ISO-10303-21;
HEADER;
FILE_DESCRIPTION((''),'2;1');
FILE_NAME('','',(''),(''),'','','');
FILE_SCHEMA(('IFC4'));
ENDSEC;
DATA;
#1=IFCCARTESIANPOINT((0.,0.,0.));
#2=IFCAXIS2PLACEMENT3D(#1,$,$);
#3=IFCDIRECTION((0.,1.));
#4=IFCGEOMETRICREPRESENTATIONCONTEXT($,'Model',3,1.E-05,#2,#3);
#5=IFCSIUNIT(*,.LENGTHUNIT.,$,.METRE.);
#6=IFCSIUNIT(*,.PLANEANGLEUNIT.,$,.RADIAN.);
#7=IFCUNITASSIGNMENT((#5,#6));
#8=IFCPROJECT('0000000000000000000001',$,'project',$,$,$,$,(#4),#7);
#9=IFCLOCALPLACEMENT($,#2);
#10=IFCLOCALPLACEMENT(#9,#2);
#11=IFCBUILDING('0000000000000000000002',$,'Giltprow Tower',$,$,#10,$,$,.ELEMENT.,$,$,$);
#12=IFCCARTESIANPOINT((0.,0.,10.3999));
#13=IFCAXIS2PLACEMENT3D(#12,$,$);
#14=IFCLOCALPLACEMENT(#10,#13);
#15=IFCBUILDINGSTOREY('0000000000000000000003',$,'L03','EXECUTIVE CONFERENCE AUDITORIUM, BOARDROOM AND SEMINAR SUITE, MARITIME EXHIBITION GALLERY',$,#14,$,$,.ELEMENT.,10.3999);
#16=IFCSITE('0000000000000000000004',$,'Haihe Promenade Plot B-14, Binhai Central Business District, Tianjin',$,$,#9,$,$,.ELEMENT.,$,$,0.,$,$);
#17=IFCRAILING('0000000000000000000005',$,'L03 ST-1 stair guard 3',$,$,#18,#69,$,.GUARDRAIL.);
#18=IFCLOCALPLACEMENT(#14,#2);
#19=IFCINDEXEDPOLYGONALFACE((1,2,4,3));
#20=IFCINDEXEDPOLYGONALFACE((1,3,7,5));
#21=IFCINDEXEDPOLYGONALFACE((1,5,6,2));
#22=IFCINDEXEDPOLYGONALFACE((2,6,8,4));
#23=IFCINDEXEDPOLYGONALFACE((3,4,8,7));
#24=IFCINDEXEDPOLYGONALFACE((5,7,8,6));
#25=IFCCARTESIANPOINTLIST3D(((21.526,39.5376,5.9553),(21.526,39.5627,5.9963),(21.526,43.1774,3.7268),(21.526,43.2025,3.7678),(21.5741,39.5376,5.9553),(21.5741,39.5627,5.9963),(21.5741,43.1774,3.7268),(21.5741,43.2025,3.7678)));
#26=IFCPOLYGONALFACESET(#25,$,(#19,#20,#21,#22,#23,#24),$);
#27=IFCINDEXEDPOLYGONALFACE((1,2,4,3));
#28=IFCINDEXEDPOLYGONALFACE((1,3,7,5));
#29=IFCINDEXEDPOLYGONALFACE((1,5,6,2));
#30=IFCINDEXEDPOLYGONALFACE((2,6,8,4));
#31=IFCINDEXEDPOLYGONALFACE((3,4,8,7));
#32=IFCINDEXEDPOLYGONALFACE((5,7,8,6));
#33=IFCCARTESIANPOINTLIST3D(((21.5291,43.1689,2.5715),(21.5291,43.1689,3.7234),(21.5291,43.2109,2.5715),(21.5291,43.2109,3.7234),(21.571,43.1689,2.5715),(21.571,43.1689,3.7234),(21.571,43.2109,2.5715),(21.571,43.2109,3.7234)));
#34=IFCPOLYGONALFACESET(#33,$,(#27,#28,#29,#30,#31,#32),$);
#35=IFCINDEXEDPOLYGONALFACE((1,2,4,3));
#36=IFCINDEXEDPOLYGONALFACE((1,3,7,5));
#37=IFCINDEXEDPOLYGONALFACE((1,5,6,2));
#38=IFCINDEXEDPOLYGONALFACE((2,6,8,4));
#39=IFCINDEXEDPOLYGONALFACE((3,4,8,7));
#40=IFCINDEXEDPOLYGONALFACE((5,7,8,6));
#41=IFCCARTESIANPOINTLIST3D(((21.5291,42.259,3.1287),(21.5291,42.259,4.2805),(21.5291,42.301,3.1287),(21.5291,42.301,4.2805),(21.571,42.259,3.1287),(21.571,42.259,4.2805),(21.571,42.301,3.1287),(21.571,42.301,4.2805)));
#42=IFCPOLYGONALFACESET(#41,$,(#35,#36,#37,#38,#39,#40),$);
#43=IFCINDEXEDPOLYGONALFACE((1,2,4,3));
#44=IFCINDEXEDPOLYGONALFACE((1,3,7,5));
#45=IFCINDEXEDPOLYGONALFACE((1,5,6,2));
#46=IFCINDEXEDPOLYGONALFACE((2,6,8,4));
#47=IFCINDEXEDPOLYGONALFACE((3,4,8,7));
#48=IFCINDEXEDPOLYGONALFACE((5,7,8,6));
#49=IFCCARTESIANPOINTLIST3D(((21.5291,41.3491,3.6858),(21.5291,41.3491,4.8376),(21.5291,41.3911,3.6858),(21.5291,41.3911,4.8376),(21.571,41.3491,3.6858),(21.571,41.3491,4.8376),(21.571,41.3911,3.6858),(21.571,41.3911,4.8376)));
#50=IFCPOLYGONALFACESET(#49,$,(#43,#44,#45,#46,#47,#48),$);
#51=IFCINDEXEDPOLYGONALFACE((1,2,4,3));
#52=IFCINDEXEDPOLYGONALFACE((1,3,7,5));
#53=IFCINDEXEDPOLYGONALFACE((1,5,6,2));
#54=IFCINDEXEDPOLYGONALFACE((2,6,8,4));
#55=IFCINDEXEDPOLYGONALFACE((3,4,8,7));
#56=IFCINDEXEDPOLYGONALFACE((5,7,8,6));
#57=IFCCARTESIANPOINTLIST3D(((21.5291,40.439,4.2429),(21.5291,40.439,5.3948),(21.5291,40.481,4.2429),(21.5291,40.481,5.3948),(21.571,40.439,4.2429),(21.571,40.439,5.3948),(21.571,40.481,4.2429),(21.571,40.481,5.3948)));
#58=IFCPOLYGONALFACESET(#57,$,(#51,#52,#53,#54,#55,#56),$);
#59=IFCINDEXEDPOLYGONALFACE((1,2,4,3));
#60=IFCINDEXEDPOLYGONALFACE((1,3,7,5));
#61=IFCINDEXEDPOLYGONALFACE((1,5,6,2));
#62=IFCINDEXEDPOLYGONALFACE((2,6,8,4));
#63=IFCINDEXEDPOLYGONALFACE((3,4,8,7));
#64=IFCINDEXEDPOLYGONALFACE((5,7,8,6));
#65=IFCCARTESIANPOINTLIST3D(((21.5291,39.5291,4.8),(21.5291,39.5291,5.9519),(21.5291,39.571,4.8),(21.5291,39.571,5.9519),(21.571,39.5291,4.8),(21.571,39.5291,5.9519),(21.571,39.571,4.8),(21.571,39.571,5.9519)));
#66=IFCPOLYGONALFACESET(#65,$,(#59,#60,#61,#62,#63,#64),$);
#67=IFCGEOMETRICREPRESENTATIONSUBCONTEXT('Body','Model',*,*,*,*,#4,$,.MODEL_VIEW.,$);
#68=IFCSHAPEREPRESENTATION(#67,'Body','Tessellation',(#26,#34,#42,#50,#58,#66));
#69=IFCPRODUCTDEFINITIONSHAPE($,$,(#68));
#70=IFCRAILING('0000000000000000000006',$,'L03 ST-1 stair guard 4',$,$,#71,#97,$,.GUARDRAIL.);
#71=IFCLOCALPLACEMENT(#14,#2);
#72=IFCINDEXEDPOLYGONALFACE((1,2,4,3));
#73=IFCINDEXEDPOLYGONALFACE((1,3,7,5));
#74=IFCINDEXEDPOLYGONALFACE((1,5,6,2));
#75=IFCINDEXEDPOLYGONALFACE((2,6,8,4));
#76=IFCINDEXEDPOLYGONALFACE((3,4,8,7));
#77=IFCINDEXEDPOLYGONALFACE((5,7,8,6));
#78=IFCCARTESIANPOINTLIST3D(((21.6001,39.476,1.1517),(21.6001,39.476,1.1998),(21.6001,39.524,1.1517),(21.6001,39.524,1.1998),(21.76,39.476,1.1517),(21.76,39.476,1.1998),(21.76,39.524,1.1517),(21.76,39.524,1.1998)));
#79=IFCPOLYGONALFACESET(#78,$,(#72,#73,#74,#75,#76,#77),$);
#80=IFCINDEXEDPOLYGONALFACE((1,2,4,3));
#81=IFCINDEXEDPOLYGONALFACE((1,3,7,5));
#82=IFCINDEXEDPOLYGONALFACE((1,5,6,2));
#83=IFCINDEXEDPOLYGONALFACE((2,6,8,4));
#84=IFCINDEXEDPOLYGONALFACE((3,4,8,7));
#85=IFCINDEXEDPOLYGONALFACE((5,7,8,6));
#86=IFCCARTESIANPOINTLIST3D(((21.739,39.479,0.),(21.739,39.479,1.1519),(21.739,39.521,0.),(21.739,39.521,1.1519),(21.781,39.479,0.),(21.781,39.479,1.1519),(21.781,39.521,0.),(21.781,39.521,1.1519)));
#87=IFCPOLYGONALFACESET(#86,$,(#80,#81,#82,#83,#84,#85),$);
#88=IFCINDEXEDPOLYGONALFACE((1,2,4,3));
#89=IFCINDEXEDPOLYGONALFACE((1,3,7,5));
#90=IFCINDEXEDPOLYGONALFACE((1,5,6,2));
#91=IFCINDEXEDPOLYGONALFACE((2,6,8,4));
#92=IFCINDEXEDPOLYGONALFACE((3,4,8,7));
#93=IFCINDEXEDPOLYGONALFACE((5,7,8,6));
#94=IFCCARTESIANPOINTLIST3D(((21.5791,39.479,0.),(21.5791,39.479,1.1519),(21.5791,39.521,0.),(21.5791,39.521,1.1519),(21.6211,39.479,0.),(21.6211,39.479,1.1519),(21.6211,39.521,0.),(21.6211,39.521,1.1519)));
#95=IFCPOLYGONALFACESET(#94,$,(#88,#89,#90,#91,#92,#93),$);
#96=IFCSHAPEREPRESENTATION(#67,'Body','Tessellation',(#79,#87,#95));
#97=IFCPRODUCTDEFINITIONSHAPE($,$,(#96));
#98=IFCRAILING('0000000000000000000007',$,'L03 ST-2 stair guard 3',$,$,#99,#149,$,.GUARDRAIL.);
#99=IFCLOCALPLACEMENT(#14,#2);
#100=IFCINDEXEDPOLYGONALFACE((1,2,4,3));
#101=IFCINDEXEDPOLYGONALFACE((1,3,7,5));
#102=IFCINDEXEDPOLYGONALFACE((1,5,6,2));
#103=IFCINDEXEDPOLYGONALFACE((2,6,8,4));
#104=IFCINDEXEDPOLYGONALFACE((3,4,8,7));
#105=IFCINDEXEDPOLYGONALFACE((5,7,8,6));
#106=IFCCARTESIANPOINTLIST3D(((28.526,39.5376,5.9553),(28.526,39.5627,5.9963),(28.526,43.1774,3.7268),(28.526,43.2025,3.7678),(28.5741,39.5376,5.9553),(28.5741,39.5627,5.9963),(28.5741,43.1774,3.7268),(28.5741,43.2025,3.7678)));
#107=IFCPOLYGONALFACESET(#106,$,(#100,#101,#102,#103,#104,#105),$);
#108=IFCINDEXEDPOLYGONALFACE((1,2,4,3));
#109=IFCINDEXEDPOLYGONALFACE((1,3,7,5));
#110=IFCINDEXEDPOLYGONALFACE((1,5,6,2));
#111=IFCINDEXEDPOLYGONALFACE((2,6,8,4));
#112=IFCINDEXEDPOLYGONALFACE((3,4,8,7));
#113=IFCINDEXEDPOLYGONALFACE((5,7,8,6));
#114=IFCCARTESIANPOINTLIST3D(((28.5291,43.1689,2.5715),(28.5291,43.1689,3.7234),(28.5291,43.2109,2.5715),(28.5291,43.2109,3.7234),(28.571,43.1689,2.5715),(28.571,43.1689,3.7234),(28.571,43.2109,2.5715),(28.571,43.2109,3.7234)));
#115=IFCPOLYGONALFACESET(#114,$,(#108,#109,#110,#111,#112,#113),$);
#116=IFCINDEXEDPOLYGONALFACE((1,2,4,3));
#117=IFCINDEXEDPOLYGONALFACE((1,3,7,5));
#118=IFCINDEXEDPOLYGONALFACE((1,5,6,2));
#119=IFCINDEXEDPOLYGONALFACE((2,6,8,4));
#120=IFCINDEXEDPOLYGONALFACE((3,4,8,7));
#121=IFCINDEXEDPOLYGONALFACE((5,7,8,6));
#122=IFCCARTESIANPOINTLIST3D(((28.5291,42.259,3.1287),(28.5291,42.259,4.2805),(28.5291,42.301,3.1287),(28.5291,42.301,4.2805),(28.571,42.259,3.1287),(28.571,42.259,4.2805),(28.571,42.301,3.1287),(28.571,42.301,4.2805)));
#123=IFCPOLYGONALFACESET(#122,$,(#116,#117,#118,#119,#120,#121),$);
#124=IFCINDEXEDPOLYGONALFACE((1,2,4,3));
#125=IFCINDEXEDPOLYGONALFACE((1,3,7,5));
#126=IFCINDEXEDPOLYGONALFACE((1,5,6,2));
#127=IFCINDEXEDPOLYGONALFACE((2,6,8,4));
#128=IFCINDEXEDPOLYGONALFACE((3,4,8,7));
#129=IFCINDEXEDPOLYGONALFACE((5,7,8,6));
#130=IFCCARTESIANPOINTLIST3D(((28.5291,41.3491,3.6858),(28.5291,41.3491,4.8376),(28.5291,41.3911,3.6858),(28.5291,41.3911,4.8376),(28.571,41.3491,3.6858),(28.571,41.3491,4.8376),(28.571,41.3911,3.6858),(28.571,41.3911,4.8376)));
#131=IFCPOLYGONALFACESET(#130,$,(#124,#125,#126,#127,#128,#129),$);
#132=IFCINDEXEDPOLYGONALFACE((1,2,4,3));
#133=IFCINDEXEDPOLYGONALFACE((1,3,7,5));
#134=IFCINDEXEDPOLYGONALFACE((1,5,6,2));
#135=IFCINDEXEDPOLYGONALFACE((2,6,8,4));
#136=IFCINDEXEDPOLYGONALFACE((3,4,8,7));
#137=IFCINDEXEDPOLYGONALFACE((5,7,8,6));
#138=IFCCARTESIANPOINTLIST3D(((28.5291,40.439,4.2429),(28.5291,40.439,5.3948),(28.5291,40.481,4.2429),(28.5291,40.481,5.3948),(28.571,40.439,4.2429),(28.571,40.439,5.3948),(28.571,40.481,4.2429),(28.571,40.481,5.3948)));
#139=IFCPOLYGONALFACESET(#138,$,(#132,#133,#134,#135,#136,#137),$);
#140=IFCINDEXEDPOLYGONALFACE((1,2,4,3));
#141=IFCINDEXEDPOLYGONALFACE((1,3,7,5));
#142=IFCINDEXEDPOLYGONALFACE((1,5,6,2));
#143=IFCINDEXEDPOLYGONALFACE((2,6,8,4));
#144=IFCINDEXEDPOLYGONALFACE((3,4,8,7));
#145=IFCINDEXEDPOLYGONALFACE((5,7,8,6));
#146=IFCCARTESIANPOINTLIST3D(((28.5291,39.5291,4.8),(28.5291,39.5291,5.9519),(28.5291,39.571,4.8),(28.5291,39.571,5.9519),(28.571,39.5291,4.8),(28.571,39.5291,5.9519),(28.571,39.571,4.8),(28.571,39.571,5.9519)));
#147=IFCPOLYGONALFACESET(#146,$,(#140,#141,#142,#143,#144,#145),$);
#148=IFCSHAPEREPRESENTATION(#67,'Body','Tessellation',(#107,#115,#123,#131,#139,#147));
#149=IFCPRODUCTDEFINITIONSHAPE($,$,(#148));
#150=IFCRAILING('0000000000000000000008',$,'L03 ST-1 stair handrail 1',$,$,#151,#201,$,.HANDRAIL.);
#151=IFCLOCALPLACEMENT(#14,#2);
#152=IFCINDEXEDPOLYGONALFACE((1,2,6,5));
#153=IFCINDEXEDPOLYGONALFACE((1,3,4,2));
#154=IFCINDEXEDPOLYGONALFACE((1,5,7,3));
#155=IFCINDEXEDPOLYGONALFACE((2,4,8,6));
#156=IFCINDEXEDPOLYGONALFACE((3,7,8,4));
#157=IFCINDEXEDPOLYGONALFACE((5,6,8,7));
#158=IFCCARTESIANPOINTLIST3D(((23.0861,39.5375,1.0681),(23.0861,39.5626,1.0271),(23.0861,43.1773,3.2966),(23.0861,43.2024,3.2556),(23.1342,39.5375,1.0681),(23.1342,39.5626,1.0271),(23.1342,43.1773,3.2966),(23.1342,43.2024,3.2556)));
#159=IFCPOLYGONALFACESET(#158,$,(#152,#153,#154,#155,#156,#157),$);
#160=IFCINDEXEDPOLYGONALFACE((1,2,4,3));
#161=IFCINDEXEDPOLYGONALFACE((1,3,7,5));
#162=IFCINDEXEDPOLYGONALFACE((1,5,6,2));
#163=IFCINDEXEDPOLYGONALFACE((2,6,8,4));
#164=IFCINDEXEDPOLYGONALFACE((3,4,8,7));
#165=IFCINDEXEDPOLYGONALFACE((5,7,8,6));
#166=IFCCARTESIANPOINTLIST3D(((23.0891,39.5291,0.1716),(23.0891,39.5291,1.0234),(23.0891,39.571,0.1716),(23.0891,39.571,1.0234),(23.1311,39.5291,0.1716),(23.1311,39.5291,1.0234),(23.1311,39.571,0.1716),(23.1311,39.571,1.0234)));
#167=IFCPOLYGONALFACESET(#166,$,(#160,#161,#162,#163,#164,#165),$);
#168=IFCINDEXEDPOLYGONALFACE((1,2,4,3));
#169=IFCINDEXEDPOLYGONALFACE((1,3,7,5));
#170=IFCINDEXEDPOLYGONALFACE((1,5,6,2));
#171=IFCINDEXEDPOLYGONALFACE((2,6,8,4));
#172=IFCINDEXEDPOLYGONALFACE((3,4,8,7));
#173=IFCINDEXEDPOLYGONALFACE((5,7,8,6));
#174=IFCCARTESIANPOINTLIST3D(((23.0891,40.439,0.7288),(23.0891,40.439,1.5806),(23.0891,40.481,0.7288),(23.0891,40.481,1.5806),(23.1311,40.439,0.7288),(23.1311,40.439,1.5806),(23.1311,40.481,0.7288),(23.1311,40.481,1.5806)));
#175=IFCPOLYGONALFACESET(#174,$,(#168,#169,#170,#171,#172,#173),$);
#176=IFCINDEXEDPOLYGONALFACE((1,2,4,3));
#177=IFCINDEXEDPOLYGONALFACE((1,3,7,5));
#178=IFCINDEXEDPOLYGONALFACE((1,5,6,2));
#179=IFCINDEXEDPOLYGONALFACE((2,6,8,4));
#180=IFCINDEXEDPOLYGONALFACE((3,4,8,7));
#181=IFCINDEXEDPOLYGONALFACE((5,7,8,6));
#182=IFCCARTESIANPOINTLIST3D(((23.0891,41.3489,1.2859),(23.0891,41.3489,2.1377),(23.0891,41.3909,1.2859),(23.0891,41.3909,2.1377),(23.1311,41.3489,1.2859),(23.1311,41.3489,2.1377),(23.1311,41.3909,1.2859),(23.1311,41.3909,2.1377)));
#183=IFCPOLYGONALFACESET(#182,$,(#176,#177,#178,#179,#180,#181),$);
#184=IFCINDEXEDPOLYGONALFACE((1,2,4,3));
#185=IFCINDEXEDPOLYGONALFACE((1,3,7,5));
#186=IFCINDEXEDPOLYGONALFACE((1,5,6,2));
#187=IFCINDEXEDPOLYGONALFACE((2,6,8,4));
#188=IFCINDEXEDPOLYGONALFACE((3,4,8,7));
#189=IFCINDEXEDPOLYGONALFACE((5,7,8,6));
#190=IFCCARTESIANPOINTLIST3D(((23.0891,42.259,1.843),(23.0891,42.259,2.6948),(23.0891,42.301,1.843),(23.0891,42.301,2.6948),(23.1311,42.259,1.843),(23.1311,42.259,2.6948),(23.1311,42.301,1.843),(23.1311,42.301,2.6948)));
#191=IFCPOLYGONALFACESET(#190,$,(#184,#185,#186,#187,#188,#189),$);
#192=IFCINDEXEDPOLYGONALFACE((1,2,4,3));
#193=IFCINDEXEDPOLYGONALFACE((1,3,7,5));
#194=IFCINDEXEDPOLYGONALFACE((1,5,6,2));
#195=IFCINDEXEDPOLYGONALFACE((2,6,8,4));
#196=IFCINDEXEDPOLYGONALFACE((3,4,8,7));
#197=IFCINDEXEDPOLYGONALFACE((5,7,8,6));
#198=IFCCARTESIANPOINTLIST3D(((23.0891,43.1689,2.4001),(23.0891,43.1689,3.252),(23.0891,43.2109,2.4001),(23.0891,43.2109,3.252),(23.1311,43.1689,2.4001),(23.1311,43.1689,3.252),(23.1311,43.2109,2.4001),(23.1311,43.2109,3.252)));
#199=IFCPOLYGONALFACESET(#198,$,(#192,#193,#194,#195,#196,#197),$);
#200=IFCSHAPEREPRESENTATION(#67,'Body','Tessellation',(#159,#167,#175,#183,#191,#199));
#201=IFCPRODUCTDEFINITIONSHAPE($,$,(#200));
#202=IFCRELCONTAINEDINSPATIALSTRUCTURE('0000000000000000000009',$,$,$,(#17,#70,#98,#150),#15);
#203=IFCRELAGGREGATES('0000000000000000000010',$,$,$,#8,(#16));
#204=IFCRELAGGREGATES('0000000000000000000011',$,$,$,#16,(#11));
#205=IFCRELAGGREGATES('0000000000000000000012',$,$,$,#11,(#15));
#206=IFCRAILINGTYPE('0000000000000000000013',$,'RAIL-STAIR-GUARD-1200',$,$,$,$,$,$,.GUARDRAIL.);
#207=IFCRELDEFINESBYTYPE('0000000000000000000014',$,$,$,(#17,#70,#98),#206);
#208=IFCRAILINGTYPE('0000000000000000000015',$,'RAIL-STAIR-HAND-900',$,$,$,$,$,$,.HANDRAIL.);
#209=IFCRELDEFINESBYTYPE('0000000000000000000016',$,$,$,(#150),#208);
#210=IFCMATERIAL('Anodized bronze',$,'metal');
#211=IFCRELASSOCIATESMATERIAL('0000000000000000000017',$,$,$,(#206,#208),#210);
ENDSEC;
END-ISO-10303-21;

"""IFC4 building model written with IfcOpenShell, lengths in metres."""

from ifc_helpers import new_model, si_unit, direction, frame, origin, origin_2d, place, context, subcontext, project, spatial, rectangle, extrude, material, type_object, element, save


model = new_model("IFC4")

# Units and contexts
model_context = context("Model", 3, precision=1e-05, world=origin(), true_north=direction((0.0, 1.0)))
body_context = subcontext(model_context, "Body", "Model", "MODEL_VIEW")
ifc_project = project(units=[si_unit("LENGTHUNIT", "METRE"), si_unit("PLANEANGLEUNIT", "RADIAN")], contexts=[model_context])

# Site, building, storey
site_placement = place(None, origin())
site = spatial("IfcSite", under=ifc_project, at=site_placement, Name="Haihe Promenade Plot B-14, Binhai Central Business District, Tianjin", CompositionType="ELEMENT", RefElevation=0.0)
building_placement = place(site_placement, origin())
building = spatial("IfcBuilding", under=site, at=building_placement, Name="Giltprow Tower", CompositionType="ELEMENT")
storey_placement = place(building_placement, frame((0.0, 0.0, 10.3999)))
storey = spatial("IfcBuildingStorey", under=building, at=storey_placement, Name="L03", Description="EXECUTIVE CONFERENCE AUDITORIUM, BOARDROOM AND SEMINAR SUITE, MARITIME EXHIBITION GALLERY", CompositionType="ELEMENT", Elevation=10.3999)

# Railings
ifc_material_1 = material(Name="Anodized bronze", Category="metal")
railing_type_1 = type_object("IfcRailingType", Name="RAIL-STAIR-GUARD-1200", PredefinedType="GUARDRAIL", material=ifc_material_1)
railing_1_placement = place(storey_placement, frame((21.55, 43.1899, 2.5715)))
element("IfcRailing", 1, at=railing_1_placement, inside=storey, type_object=railing_type_1, Name="L03 ST-1 stair guard 3", PredefinedType="GUARDRAIL", context=body_context, shape_type="SweptSolid", body=[
    extrude(rectangle(XDim=0.0481, YDim=0.0481, at=origin_2d()), frame((0.0, 0.0, 1.1758), z_axis=(0.0, -0.85285, 0.522156), x_axis=(1.0, 0.0, 0.0)), (0.0, 0.0, 1.0), 4.2678),
    extrude(rectangle(XDim=0.042, YDim=0.042, at=origin_2d()), origin(), (0.0, 0.0, 1.0), 1.1519),
    extrude(rectangle(XDim=0.042, YDim=0.042, at=origin_2d()), frame((0.0, -0.9099, 0.5571)), (0.0, 0.0, 1.0), 1.1519),
    extrude(rectangle(XDim=0.042, YDim=0.042, at=origin_2d()), frame((0.0, -1.8198, 1.1143)), (0.0, 0.0, 1.0), 1.1519),
    extrude(rectangle(XDim=0.042, YDim=0.042, at=origin_2d()), frame((0.0, -2.73, 1.6714)), (0.0, 0.0, 1.0), 1.1519),
    extrude(rectangle(XDim=0.042, YDim=0.042, at=origin_2d()), frame((0.0, -3.6399, 2.2285)), (0.0, 0.0, 1.0), 1.1519),
])
railing_2_placement = place(storey_placement, frame((21.76, 39.5, 0.0)))
element("IfcRailing", 2, at=railing_2_placement, inside=storey, type_object=railing_type_1, Name="L03 ST-1 stair guard 4", PredefinedType="GUARDRAIL", context=body_context, shape_type="SweptSolid", body=[
    extrude(rectangle(XDim=0.0481, YDim=0.0481, at=origin_2d()), frame((0.0, 0.0, 1.1758), z_axis=(-1.0, 0.0, 0.0), x_axis=(0.0, -1.0, 0.0)), (0.0, 0.0, 1.0), 0.1599),
    extrude(rectangle(XDim=0.042, YDim=0.042, at=origin_2d()), origin(), (0.0, 0.0, 1.0), 1.1519),
    extrude(rectangle(XDim=0.042, YDim=0.042, at=origin_2d()), frame((-0.1599, 0.0, 0.0)), (0.0, 0.0, 1.0), 1.1519),
])
railing_3_placement = place(storey_placement, frame((28.55, 43.1899, 2.5715)))
element("IfcRailing", 3, at=railing_3_placement, inside=storey, type_object=railing_type_1, Name="L03 ST-2 stair guard 3", PredefinedType="GUARDRAIL", context=body_context, shape_type="SweptSolid", body=[
    extrude(rectangle(XDim=0.0481, YDim=0.0481, at=origin_2d()), frame((0.0, 0.0, 1.1758), z_axis=(0.0, -0.85285, 0.522156), x_axis=(1.0, 0.0, 0.0)), (0.0, 0.0, 1.0), 4.2678),
    extrude(rectangle(XDim=0.042, YDim=0.042, at=origin_2d()), origin(), (0.0, 0.0, 1.0), 1.1519),
    extrude(rectangle(XDim=0.042, YDim=0.042, at=origin_2d()), frame((0.0, -0.9099, 0.5571)), (0.0, 0.0, 1.0), 1.1519),
    extrude(rectangle(XDim=0.042, YDim=0.042, at=origin_2d()), frame((0.0, -1.8198, 1.1143)), (0.0, 0.0, 1.0), 1.1519),
    extrude(rectangle(XDim=0.042, YDim=0.042, at=origin_2d()), frame((0.0, -2.73, 1.6714)), (0.0, 0.0, 1.0), 1.1519),
    extrude(rectangle(XDim=0.042, YDim=0.042, at=origin_2d()), frame((0.0, -3.6399, 2.2285)), (0.0, 0.0, 1.0), 1.1519),
])
railing_type_2 = type_object("IfcRailingType", Name="RAIL-STAIR-HAND-900", PredefinedType="HANDRAIL", material=ifc_material_1)
railing_4_placement = place(storey_placement, frame((23.1101, 39.55, 0.1716)))
element("IfcRailing", 4, at=railing_4_placement, inside=storey, type_object=railing_type_2, Name="L03 ST-1 stair handrail 1", PredefinedType="HANDRAIL", context=body_context, shape_type="SweptSolid", body=[
    extrude(rectangle(XDim=0.0481, YDim=0.0481, at=origin_2d()), frame((0.0, 0.0, 0.876), z_axis=(0.0, 0.85285, 0.522156), x_axis=(-1.0, 0.0, 0.0)), (0.0, 0.0, 1.0), 4.2678),
    extrude(rectangle(XDim=0.042, YDim=0.042, at=origin_2d()), origin(), (0.0, 0.0, 1.0), 0.8518),
    extrude(rectangle(XDim=0.042, YDim=0.042, at=origin_2d()), frame((0.0, 0.9099, 0.5571)), (0.0, 0.0, 1.0), 0.8518),
    extrude(rectangle(XDim=0.042, YDim=0.042, at=origin_2d()), frame((0.0, 1.8198, 1.1143)), (0.0, 0.0, 1.0), 0.8518),
    extrude(rectangle(XDim=0.042, YDim=0.042, at=origin_2d()), frame((0.0, 2.73, 1.6714)), (0.0, 0.0, 1.0), 0.8518),
    extrude(rectangle(XDim=0.042, YDim=0.042, at=origin_2d()), frame((0.0, 3.6399, 2.2285)), (0.0, 0.0, 1.0), 0.8518),
])

save(model, "model.ifc")
